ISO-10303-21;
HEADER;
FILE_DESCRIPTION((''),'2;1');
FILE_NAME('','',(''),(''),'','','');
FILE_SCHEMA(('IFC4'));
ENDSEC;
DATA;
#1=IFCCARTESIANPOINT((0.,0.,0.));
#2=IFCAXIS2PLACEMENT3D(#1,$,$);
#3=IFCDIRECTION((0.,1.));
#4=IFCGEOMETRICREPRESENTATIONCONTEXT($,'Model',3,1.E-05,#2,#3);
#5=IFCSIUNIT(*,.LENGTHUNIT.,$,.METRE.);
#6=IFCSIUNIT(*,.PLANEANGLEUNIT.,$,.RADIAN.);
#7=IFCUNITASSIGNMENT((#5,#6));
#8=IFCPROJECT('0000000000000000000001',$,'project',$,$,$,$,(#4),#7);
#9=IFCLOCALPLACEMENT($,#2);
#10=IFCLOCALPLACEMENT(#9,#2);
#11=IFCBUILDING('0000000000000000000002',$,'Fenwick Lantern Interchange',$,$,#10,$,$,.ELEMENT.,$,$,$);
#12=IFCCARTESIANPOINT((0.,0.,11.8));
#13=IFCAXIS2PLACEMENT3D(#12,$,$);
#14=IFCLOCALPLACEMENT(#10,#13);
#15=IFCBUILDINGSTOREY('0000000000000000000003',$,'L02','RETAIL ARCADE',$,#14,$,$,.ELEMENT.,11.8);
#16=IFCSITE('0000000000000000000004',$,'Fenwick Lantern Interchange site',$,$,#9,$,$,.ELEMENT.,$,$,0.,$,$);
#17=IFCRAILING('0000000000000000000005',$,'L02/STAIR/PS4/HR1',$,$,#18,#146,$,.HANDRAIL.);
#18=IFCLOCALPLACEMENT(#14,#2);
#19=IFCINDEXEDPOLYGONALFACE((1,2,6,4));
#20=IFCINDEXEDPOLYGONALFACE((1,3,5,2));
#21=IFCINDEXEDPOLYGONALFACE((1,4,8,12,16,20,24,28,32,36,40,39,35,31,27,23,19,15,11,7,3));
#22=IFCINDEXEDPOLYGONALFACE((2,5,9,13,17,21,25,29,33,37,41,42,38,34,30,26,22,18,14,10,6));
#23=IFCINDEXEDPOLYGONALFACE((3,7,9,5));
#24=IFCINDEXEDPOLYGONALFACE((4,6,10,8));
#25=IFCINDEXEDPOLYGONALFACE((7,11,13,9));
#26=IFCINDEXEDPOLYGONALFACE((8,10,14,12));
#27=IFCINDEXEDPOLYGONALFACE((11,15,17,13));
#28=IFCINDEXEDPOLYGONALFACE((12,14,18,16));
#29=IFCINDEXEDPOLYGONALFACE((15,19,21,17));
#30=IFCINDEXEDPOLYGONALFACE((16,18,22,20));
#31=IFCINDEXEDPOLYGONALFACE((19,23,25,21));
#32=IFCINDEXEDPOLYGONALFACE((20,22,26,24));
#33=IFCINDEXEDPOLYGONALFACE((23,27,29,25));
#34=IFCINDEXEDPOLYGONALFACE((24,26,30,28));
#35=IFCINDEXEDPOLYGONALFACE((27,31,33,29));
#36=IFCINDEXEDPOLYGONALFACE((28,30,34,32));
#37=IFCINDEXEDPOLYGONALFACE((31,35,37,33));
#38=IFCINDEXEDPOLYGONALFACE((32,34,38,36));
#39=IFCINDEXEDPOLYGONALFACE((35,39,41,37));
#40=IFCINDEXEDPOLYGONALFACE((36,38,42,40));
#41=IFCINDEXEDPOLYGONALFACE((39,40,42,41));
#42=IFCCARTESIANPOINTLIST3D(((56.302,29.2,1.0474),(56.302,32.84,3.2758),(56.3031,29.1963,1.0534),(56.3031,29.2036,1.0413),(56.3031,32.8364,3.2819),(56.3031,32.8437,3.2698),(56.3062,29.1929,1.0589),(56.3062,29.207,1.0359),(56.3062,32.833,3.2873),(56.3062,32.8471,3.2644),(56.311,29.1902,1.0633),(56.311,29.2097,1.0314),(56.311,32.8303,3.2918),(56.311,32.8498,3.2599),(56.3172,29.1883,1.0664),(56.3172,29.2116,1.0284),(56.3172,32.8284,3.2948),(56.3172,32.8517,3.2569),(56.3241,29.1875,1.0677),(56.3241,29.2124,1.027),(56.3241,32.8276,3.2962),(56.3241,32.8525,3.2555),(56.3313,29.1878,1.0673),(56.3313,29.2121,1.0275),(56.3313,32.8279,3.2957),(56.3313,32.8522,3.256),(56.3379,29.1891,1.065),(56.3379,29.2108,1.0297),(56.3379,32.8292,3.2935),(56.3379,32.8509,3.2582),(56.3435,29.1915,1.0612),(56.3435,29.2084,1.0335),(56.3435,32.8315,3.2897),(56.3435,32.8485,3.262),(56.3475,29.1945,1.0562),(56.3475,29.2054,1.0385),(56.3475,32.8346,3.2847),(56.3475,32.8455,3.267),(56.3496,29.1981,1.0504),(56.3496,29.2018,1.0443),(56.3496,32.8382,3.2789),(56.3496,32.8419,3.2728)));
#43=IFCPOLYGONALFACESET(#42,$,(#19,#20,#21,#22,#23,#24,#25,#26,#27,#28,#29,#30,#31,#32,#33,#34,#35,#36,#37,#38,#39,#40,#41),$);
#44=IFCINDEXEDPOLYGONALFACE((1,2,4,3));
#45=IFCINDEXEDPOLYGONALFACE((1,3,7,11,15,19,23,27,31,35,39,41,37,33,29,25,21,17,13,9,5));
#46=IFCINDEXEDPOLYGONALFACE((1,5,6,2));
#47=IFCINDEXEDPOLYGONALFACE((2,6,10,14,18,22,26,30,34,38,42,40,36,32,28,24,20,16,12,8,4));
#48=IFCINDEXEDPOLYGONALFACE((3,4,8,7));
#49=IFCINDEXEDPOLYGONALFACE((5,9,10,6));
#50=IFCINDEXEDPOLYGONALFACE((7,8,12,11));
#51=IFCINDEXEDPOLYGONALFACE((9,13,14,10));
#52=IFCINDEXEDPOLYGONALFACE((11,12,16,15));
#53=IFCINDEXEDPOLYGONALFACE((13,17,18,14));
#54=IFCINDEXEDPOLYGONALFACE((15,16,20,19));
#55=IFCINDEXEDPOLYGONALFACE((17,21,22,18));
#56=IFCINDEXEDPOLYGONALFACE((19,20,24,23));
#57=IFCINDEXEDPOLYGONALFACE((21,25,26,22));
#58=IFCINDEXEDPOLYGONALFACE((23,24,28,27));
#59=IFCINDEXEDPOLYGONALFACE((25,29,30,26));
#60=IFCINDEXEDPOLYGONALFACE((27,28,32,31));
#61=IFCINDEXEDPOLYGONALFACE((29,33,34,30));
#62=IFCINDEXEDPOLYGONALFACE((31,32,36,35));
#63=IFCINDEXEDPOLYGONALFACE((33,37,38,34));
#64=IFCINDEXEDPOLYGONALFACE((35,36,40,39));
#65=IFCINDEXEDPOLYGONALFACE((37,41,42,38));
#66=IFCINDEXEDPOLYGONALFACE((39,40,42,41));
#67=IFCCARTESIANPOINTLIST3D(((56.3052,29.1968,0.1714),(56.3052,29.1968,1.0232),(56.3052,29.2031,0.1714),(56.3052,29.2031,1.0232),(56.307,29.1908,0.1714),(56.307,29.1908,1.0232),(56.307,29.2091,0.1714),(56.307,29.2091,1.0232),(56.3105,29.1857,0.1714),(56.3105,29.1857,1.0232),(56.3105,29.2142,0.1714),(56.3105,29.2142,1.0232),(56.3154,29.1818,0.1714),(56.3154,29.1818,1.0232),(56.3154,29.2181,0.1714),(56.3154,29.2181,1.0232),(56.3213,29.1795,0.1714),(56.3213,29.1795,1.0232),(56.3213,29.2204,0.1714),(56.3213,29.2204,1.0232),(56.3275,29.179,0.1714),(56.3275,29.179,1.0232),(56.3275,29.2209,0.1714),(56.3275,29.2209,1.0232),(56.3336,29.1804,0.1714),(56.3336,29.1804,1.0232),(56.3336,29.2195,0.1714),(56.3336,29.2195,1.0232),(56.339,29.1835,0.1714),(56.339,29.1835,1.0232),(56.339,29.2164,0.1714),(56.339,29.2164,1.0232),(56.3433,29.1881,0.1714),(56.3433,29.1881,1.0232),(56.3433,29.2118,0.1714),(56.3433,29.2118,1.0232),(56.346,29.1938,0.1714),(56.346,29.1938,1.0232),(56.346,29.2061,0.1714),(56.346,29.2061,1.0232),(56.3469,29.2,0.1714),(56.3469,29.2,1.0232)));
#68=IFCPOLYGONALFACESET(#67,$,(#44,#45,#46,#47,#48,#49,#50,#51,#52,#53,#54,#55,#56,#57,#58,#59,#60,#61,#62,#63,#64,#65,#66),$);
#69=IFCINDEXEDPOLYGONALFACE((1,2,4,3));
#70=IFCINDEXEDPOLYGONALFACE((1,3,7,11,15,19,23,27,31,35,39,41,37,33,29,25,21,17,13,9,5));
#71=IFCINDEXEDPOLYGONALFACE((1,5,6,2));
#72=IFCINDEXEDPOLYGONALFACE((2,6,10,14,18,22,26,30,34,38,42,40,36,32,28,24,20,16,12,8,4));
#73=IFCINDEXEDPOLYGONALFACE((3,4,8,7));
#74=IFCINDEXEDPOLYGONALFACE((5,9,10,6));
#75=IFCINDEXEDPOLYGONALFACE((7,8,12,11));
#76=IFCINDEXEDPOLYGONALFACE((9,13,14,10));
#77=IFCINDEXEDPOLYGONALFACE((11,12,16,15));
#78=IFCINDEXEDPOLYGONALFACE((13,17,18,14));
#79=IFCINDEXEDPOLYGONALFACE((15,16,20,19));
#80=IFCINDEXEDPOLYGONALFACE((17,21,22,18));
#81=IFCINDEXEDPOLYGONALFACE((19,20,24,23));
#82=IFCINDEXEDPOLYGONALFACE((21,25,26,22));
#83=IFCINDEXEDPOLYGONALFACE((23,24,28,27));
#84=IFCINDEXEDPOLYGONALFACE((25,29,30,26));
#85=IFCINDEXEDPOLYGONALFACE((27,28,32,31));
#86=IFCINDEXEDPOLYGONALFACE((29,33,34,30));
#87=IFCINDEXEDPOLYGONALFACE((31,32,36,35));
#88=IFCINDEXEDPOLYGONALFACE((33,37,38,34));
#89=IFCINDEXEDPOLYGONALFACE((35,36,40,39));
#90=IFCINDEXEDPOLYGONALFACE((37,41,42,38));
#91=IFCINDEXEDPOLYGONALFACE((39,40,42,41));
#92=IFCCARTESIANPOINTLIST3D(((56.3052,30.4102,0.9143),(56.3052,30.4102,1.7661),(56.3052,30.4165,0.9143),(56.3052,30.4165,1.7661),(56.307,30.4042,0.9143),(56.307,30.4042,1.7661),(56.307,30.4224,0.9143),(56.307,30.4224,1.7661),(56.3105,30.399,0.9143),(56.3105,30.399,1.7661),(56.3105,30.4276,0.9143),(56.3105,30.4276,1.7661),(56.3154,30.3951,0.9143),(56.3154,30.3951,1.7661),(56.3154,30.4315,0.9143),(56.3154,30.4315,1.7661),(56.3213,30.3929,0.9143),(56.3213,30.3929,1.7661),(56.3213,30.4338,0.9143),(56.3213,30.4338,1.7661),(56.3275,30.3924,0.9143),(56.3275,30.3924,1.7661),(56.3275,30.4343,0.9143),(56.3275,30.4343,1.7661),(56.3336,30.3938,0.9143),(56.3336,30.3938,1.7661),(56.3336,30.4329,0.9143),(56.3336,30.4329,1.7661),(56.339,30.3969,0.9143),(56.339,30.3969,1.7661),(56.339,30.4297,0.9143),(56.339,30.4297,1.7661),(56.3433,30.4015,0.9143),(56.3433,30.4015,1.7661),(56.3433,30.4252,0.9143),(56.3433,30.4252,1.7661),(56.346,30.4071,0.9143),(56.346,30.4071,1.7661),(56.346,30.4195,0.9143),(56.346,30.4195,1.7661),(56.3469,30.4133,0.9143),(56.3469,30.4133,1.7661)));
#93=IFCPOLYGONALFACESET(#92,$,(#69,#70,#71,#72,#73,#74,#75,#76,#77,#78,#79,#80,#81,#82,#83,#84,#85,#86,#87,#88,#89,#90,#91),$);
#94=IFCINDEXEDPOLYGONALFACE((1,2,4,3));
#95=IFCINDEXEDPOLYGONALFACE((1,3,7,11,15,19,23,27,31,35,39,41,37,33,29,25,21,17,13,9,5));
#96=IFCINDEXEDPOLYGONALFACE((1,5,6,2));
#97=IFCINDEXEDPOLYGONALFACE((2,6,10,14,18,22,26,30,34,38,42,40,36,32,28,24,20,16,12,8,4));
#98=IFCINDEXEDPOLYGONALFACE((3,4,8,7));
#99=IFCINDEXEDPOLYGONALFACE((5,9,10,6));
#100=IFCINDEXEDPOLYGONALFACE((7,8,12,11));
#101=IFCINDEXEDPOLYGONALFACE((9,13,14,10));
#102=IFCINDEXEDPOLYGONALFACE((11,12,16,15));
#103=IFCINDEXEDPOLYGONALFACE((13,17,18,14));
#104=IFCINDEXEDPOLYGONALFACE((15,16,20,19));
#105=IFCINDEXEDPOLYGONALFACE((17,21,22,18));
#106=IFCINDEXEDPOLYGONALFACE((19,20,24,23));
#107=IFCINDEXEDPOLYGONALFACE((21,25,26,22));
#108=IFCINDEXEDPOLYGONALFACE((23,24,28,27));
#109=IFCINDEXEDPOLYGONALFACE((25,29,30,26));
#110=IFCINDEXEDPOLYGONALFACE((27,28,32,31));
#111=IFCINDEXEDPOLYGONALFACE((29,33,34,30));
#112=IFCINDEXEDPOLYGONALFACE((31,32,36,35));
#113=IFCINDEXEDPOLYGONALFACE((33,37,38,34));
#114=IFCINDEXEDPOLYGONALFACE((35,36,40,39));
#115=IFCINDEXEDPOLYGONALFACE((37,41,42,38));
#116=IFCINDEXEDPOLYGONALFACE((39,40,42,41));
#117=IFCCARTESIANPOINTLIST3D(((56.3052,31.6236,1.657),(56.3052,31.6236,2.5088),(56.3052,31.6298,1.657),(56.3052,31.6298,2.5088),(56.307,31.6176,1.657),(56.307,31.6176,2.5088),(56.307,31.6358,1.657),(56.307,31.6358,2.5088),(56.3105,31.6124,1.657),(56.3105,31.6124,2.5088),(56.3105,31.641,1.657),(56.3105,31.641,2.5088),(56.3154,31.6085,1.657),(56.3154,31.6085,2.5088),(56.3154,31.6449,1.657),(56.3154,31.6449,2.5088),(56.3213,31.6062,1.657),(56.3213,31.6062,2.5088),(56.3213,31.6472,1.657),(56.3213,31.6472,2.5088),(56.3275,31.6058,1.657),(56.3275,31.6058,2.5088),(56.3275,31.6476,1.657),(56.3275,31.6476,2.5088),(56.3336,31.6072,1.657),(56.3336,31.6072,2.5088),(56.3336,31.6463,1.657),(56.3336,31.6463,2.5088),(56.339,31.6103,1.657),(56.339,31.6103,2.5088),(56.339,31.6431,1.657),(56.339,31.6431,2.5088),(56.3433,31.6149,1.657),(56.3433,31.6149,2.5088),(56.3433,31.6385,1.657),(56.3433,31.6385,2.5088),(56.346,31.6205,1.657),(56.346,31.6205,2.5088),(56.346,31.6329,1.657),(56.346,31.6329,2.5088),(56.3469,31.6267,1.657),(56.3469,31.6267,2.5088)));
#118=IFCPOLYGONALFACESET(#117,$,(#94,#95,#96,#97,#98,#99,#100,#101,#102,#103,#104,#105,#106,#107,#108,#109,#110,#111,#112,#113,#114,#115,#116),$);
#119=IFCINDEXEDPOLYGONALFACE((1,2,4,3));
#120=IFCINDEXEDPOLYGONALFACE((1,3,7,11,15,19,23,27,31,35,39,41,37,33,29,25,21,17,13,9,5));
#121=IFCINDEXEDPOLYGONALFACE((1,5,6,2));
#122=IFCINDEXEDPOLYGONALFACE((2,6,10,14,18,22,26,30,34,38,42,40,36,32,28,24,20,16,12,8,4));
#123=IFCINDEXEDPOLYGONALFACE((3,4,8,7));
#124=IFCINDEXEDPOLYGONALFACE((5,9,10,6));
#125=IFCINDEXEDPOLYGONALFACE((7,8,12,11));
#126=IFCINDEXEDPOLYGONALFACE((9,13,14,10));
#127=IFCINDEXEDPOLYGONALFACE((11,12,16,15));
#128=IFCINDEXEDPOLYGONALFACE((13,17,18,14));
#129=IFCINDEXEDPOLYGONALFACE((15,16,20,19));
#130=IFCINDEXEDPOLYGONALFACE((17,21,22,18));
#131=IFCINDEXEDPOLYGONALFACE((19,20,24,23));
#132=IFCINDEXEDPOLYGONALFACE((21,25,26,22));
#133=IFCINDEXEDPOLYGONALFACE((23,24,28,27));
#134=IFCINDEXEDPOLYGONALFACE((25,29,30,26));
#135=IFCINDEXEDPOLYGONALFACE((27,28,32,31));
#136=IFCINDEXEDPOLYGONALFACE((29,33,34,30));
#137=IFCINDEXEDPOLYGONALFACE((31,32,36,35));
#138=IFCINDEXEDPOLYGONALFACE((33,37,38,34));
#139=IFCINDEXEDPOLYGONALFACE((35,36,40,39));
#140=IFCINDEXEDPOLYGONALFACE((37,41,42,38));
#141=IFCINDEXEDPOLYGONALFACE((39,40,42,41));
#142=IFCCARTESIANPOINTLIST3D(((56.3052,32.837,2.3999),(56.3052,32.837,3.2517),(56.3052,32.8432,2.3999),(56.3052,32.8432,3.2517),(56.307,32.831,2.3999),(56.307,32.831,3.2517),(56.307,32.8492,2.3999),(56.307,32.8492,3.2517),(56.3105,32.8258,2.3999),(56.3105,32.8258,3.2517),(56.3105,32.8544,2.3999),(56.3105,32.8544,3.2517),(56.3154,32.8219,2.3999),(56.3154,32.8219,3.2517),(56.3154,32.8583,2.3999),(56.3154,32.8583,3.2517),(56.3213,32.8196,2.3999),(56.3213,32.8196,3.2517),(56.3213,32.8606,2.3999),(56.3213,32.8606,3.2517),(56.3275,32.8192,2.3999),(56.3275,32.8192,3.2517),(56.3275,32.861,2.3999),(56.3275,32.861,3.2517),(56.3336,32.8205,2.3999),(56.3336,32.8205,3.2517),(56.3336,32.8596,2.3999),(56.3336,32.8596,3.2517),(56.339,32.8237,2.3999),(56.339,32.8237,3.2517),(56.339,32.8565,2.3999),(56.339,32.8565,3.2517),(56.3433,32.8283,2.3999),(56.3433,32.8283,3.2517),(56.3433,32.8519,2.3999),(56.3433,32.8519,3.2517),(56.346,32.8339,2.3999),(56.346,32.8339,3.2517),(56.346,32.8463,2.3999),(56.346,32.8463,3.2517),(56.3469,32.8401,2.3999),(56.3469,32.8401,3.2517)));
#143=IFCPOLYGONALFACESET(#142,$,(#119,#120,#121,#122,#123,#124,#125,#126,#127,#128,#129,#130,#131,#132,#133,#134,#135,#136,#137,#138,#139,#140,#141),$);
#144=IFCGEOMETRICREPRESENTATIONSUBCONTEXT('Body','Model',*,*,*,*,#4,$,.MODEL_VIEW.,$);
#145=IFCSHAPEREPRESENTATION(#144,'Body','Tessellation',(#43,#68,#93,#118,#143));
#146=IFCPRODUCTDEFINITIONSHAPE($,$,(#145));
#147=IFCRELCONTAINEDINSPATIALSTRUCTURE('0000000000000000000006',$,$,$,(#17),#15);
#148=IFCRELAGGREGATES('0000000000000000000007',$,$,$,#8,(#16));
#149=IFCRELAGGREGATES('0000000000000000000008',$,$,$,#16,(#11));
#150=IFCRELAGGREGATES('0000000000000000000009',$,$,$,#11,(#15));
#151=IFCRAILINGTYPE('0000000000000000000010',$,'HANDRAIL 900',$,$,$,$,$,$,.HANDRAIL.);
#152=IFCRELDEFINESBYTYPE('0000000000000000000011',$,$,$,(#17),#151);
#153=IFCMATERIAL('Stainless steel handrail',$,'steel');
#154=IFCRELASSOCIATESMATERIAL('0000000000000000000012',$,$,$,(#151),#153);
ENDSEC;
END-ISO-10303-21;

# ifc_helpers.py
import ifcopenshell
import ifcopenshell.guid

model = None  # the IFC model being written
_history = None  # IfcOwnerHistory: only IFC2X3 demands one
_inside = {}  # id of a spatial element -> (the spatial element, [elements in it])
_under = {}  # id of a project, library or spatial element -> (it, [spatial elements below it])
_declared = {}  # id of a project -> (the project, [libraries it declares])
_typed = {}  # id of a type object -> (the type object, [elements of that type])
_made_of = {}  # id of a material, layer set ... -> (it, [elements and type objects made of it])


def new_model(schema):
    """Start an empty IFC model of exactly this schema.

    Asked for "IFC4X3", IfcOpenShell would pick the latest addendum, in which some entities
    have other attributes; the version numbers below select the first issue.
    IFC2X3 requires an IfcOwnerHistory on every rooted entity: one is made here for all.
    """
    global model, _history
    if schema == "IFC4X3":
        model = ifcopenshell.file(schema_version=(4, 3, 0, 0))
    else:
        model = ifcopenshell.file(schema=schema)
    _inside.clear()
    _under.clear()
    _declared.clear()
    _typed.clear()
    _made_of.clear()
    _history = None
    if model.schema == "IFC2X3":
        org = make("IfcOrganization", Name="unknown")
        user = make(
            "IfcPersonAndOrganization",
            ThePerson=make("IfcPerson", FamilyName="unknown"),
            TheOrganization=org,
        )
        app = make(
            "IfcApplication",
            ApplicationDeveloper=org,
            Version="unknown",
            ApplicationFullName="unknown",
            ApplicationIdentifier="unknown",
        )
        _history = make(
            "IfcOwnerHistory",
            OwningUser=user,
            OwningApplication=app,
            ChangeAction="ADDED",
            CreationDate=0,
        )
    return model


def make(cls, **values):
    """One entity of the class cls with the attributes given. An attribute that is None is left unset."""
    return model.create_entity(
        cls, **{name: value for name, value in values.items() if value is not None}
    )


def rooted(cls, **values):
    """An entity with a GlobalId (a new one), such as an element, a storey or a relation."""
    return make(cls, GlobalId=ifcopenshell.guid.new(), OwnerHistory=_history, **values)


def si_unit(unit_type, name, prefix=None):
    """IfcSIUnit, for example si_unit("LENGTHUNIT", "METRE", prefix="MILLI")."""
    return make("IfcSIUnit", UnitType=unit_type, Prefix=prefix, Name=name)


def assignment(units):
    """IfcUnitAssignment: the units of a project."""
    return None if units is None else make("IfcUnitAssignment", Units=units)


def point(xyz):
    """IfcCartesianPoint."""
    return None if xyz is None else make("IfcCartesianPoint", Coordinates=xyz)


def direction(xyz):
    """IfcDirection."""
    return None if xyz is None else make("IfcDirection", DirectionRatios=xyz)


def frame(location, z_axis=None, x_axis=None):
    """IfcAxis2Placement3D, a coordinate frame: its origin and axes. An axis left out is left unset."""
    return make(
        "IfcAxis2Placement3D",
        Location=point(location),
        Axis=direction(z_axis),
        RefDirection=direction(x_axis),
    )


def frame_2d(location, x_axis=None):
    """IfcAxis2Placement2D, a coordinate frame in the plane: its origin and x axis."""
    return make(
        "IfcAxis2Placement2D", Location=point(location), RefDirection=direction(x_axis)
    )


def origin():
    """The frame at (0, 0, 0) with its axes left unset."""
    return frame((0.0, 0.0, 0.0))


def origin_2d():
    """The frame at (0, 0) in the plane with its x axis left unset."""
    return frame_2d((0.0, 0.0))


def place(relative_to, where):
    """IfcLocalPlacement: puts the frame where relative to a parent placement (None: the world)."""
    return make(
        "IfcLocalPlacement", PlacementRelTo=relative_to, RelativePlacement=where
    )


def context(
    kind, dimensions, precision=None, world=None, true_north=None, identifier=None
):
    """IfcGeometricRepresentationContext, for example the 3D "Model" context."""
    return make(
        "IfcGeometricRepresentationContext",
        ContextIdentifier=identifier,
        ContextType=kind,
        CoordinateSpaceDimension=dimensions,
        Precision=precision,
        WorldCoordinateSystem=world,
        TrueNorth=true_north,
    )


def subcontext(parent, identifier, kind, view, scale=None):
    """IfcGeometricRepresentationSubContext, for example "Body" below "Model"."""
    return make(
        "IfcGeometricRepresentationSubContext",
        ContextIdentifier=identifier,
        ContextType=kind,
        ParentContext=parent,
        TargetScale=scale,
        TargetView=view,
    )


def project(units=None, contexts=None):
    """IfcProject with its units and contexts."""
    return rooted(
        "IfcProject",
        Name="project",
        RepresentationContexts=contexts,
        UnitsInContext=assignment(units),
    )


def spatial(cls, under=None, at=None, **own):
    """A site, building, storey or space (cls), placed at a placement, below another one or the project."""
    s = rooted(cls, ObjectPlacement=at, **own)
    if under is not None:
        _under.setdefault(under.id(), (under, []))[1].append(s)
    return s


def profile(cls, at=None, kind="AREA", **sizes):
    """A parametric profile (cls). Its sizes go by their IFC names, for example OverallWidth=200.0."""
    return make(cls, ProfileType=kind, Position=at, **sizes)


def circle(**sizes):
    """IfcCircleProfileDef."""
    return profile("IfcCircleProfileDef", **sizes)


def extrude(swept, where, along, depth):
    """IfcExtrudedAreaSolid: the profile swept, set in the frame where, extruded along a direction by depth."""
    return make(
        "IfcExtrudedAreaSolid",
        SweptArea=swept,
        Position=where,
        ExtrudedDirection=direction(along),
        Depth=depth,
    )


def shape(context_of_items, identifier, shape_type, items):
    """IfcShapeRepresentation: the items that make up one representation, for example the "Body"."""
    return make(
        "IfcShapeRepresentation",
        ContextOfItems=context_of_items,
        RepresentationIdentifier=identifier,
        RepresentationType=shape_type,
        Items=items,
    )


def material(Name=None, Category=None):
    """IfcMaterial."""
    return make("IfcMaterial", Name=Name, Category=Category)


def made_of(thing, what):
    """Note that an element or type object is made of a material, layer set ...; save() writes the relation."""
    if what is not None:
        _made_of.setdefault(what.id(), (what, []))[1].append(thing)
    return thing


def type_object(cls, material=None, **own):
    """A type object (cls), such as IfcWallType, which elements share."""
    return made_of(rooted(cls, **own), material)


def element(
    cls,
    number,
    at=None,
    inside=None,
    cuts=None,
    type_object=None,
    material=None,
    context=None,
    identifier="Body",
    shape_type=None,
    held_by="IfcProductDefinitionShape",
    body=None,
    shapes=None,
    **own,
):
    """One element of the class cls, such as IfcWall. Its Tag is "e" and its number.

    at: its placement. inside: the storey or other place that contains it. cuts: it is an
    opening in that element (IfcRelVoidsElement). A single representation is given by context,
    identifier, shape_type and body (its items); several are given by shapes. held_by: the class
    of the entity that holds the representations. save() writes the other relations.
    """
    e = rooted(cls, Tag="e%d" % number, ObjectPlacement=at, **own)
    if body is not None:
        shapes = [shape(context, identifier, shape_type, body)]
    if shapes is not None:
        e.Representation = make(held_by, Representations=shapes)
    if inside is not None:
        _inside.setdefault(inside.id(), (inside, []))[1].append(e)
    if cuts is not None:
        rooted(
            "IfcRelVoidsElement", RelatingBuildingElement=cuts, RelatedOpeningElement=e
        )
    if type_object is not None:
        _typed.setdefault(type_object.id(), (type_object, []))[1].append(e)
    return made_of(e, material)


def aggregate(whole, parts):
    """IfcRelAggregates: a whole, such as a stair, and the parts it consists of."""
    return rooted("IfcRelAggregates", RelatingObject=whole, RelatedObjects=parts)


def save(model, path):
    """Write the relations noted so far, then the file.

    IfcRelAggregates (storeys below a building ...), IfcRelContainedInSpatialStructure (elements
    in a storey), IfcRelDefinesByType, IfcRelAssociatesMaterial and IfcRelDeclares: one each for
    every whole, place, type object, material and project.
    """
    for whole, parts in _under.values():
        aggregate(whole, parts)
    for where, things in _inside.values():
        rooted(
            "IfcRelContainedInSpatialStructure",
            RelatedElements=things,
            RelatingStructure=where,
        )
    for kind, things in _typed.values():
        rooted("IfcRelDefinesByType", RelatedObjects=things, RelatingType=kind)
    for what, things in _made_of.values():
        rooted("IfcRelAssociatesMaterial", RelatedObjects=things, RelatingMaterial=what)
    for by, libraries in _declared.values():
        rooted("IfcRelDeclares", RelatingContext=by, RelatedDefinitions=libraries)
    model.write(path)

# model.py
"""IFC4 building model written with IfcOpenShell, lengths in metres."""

from ifc_helpers import new_model, si_unit, direction, frame, origin, origin_2d, place, context, subcontext, project, spatial, circle, extrude, material, type_object, element, save


model = new_model("IFC4")

# Units and contexts
model_context = context("Model", 3, precision=1e-05, world=origin(), true_north=direction((0.0, 1.0)))
body_context = subcontext(model_context, "Body", "Model", "MODEL_VIEW")
ifc_project = project(units=[si_unit("LENGTHUNIT", "METRE"), si_unit("PLANEANGLEUNIT", "RADIAN")], contexts=[model_context])

# Site, building, storey
site_placement = place(None, origin())
site = spatial("IfcSite", under=ifc_project, at=site_placement, Name="Fenwick Lantern Interchange site", CompositionType="ELEMENT", RefElevation=0.0)
building_placement = place(site_placement, origin())
building = spatial("IfcBuilding", under=site, at=building_placement, Name="Fenwick Lantern Interchange", CompositionType="ELEMENT")
storey_placement = place(building_placement, frame((0.0, 0.0, 11.8)))
storey = spatial("IfcBuildingStorey", under=building, at=storey_placement, Name="L02", Description="RETAIL ARCADE", CompositionType="ELEMENT", Elevation=11.8)

# Railing
ifc_material_1 = material(Name="Stainless steel handrail", Category="steel")
railing_type = type_object("IfcRailingType", Name="HANDRAIL 900", PredefinedType="HANDRAIL", material=ifc_material_1)
railing_placement = place(storey_placement, frame((56.3259, 29.2, 0.1714)))
element("IfcRailing", 1, at=railing_placement, inside=storey, type_object=railing_type, Name="L02/STAIR/PS4/HR1", PredefinedType="HANDRAIL", context=body_context, shape_type="SweptSolid", body=[
    extrude(circle(Radius=0.0239, at=origin_2d()), frame((0.0, 0.0, 0.876), z_axis=(0.0, 0.852866, 0.52213), x_axis=(-1.0, 0.0, 0.0)), (0.0, 0.0, 1.0), 4.2681),
    extrude(circle(Radius=0.021, at=origin_2d()), origin(), (0.0, 0.0, 1.0), 0.8518),
    extrude(circle(Radius=0.021, at=origin_2d()), frame((0.0, 1.2134, 0.7429)), (0.0, 0.0, 1.0), 0.8518),
    extrude(circle(Radius=0.021, at=origin_2d()), frame((0.0, 2.4268, 1.4856)), (0.0, 0.0, 1.0), 0.8518),
    extrude(circle(Radius=0.021, at=origin_2d()), frame((0.0, 3.6401, 2.2285)), (0.0, 0.0, 1.0), 0.8518),
])

save(model, "model.ifc")
